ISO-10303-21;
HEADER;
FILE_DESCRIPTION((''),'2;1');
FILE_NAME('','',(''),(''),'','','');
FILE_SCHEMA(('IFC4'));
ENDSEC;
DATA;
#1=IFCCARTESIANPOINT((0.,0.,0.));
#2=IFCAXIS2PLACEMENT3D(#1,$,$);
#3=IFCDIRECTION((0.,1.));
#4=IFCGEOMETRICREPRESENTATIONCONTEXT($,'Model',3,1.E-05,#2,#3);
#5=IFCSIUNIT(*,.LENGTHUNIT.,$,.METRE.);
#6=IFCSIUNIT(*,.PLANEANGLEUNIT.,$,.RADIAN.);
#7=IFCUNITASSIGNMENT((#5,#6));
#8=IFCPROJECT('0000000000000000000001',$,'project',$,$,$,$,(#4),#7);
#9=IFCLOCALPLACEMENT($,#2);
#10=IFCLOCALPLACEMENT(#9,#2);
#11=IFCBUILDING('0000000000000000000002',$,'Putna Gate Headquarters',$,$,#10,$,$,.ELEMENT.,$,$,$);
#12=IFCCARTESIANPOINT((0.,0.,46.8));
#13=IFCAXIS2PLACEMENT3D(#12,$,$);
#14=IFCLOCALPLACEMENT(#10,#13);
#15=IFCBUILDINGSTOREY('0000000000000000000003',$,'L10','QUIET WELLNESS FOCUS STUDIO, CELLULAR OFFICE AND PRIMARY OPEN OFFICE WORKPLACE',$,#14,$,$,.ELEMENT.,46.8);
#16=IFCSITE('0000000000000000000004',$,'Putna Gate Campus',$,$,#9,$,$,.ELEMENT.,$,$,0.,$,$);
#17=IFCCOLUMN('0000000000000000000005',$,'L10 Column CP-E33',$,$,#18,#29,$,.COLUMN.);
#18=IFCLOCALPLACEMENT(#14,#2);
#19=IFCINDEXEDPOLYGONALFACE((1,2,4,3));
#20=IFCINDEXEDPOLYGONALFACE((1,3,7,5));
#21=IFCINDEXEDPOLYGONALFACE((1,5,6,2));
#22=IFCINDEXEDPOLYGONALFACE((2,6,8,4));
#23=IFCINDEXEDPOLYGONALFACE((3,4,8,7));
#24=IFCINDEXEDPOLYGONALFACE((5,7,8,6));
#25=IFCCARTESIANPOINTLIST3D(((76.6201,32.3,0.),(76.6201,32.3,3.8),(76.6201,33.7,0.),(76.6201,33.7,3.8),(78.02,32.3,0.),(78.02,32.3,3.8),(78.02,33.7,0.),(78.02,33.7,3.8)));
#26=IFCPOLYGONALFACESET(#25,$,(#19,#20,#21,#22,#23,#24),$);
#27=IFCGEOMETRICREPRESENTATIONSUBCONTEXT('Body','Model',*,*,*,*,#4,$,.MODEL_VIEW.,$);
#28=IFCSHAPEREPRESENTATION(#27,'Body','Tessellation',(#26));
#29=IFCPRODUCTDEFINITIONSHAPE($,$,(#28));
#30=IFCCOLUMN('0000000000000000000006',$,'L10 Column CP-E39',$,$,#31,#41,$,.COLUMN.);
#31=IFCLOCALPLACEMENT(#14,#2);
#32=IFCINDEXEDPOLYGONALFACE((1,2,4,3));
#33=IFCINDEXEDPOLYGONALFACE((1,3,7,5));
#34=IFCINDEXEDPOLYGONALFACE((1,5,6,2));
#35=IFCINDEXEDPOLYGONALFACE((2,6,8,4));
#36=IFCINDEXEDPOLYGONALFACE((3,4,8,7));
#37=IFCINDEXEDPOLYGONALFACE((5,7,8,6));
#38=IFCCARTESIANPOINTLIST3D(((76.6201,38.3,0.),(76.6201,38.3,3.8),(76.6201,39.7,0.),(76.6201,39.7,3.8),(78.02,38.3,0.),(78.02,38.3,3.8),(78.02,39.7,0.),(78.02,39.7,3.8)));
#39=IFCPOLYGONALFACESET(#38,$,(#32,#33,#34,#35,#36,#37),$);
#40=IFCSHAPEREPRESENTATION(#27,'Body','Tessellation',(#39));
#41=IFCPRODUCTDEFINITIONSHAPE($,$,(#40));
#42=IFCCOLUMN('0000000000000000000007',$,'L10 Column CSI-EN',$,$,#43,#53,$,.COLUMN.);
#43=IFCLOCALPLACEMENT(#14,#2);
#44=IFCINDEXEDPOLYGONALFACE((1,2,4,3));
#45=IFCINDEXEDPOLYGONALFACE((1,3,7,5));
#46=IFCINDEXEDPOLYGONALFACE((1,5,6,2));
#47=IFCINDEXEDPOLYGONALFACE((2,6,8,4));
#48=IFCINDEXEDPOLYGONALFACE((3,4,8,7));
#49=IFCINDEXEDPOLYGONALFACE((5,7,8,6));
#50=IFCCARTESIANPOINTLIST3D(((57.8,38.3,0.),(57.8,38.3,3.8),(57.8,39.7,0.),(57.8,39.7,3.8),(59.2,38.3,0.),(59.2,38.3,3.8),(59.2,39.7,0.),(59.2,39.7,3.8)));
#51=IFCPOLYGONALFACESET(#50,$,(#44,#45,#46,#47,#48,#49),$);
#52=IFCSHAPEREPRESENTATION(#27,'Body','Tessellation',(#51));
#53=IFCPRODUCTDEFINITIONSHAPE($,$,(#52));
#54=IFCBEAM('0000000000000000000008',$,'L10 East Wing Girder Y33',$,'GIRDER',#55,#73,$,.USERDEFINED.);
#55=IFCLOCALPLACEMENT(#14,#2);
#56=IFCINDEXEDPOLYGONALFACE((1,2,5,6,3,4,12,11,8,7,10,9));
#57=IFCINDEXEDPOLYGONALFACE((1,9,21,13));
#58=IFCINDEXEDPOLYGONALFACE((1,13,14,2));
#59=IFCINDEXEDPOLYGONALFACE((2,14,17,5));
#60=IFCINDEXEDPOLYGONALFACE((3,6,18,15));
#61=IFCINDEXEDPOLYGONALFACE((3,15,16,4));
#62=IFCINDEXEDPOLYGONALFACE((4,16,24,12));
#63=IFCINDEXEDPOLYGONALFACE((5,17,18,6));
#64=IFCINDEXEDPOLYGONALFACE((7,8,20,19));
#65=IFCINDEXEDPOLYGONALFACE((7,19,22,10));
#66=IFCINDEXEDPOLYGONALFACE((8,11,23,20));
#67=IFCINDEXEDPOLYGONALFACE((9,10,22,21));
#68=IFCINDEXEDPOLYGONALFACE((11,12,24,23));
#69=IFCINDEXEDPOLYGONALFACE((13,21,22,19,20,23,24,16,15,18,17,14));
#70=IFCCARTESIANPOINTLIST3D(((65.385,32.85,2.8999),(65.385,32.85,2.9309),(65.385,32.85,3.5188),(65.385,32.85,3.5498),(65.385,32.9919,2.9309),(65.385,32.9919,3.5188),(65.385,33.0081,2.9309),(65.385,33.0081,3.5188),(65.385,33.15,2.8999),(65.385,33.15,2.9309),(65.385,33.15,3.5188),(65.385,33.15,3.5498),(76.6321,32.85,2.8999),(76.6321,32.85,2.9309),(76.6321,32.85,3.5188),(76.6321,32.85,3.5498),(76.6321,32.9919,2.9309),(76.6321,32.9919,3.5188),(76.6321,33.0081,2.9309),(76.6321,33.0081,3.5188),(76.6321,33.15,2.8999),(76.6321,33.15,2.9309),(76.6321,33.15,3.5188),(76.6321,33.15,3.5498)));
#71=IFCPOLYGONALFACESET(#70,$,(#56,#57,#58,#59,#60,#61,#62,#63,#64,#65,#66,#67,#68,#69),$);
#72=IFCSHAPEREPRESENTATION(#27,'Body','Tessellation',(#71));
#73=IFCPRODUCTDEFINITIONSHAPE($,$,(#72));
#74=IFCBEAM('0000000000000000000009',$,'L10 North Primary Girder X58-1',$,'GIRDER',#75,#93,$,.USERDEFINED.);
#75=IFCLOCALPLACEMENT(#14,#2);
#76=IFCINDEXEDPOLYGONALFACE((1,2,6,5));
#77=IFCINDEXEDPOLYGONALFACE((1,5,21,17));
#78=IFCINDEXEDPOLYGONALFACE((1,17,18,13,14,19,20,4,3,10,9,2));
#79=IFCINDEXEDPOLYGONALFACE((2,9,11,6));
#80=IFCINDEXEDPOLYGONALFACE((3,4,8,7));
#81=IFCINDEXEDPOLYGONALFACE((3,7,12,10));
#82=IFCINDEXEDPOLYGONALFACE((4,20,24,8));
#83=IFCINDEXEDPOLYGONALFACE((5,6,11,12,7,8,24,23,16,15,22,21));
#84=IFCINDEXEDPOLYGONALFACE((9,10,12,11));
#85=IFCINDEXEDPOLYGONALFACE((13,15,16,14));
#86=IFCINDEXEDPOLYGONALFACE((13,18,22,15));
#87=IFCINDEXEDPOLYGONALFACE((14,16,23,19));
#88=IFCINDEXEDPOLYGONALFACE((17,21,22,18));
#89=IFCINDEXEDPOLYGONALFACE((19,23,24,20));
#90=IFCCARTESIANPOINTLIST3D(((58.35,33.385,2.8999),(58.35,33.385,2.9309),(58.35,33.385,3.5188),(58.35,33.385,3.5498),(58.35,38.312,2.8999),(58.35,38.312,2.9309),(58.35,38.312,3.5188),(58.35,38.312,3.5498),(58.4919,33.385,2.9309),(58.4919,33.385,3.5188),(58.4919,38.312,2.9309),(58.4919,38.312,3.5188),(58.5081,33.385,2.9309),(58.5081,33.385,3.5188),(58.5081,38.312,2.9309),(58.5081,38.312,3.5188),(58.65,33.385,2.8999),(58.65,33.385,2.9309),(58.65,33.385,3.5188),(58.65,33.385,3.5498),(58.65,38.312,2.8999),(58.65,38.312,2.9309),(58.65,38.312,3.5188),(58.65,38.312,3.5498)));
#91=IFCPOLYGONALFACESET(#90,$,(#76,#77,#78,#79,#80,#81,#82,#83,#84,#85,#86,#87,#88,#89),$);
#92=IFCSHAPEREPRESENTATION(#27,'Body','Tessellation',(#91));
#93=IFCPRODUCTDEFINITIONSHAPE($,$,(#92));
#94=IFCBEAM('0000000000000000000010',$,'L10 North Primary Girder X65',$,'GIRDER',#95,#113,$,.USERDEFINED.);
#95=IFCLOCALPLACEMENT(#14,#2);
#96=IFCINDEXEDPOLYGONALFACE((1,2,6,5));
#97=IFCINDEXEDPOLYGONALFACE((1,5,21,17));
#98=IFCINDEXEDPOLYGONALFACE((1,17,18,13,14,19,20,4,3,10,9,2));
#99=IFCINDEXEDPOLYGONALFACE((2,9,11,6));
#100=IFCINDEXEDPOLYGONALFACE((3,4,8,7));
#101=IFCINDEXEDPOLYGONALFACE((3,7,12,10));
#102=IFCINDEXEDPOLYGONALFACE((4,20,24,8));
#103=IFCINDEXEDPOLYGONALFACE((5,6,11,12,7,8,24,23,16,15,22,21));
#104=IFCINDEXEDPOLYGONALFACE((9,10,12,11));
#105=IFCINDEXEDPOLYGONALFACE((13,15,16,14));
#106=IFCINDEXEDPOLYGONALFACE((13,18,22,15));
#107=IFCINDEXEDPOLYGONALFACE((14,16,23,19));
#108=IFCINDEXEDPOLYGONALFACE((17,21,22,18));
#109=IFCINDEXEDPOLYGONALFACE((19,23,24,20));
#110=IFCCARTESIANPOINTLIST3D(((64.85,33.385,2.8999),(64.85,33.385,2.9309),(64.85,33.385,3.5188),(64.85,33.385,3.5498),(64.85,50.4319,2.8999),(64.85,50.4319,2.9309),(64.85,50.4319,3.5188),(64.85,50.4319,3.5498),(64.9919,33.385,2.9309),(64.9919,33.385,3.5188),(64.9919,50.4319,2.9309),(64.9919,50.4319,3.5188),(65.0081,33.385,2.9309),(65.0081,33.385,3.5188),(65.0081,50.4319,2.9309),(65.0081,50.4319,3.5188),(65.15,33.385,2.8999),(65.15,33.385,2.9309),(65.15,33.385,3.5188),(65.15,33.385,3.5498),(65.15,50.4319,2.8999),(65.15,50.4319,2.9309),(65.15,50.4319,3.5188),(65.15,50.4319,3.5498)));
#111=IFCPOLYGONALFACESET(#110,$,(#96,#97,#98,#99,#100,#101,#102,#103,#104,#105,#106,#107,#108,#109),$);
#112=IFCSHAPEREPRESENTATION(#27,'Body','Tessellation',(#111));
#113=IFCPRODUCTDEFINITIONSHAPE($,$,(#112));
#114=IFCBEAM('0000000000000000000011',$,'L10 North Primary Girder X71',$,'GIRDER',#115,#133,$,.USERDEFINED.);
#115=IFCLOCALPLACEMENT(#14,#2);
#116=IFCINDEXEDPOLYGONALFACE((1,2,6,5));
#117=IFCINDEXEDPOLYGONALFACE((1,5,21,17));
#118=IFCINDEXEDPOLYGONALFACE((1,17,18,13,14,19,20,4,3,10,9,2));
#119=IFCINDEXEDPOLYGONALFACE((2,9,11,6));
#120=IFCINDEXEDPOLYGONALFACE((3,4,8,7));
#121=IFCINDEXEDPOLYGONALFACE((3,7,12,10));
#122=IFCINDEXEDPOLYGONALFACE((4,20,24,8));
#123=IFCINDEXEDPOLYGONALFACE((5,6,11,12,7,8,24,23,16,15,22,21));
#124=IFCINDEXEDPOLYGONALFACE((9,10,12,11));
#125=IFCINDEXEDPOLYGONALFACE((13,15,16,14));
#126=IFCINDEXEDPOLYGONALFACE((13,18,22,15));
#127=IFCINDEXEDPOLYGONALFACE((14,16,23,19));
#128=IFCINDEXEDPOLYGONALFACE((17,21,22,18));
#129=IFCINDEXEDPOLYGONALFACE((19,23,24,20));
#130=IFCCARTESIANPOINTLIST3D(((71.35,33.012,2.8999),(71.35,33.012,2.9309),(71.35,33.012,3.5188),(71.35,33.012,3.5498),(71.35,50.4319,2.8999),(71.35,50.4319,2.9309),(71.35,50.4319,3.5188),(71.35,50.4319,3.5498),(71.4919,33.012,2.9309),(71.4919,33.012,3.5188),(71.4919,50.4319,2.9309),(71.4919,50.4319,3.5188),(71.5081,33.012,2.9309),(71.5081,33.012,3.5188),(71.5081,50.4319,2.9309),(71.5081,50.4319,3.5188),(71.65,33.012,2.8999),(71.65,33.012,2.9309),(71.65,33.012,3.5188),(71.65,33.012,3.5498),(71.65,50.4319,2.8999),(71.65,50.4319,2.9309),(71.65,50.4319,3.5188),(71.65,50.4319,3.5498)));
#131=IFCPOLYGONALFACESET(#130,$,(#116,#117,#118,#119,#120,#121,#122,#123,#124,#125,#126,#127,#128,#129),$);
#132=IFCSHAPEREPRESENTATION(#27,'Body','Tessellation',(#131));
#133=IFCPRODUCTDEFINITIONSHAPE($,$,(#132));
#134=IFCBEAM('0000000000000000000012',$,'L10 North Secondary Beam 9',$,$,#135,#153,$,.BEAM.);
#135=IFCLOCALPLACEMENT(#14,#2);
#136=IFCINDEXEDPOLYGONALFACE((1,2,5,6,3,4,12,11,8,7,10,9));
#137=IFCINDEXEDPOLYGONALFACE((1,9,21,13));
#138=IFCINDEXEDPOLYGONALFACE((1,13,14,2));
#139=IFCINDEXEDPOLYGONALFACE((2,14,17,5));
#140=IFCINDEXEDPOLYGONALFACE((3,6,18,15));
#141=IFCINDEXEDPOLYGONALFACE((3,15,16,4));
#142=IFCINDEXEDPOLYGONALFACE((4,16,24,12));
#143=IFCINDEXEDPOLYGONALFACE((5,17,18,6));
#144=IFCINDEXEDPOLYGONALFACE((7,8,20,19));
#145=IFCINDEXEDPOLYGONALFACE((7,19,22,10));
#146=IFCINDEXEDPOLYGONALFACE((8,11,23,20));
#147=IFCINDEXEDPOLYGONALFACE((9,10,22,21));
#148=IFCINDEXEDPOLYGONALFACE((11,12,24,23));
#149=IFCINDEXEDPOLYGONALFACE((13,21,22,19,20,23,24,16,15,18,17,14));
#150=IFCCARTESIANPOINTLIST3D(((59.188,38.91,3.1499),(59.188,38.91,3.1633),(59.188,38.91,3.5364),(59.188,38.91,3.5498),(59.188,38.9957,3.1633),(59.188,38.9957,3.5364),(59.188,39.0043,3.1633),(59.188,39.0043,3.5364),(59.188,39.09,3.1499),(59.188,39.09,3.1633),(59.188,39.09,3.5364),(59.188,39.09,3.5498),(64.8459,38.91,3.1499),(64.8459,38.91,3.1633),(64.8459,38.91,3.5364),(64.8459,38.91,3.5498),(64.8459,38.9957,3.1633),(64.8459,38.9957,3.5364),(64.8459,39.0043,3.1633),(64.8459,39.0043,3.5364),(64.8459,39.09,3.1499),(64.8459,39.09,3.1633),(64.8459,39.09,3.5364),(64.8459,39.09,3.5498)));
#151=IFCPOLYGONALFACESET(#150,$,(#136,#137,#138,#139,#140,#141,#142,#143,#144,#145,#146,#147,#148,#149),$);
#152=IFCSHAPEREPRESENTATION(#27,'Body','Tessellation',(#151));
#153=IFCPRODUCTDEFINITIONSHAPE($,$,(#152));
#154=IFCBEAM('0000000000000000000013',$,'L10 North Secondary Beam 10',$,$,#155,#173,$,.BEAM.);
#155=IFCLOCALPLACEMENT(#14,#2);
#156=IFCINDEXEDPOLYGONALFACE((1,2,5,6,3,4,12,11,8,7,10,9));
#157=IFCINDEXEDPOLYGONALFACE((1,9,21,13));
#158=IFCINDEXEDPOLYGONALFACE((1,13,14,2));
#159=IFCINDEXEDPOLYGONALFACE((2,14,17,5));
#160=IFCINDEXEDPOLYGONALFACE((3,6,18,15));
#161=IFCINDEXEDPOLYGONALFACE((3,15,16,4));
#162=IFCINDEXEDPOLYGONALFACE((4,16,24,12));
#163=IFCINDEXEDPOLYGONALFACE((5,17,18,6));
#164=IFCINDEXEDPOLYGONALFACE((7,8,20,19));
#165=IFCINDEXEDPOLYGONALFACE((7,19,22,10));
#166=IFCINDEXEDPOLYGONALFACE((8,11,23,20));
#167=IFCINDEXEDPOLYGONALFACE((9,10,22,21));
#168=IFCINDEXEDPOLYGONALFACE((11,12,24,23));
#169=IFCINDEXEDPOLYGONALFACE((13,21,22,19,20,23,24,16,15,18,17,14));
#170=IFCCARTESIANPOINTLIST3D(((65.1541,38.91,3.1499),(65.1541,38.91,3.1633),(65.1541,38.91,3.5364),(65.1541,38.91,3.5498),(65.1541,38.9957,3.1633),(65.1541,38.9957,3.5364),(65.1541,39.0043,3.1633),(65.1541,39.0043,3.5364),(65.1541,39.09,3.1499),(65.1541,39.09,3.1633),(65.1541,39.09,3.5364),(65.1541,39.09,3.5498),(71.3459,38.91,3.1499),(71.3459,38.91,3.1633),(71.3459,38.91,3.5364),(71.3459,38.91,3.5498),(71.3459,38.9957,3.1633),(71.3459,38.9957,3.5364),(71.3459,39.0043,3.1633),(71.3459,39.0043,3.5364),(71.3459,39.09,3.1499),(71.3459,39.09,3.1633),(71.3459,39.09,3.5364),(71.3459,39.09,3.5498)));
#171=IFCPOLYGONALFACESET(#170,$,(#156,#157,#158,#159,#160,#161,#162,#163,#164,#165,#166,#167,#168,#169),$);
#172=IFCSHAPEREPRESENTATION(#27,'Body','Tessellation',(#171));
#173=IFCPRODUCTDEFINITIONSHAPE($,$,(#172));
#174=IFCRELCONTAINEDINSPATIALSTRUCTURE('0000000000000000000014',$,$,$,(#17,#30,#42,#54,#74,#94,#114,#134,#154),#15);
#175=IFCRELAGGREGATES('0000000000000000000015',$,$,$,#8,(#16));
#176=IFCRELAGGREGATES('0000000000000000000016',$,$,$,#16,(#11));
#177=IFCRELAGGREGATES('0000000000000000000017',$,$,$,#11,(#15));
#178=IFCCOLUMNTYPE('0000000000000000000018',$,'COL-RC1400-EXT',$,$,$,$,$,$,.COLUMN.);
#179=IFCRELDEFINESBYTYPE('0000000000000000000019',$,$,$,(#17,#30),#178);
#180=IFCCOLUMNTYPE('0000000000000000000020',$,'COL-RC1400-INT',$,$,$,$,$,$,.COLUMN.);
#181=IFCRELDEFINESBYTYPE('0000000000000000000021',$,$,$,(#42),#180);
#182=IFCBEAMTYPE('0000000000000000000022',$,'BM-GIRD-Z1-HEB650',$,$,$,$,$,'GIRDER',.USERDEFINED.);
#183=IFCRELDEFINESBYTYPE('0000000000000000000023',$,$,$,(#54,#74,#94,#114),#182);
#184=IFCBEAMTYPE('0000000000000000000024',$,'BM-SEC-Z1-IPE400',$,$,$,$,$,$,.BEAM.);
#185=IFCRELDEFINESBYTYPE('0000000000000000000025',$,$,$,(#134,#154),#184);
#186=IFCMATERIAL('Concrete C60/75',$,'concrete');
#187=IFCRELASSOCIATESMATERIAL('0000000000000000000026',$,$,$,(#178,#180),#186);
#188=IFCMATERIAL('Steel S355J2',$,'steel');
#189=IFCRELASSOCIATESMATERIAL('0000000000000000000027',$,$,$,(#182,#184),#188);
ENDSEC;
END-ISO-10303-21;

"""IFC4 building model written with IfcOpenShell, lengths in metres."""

from ifc_helpers import new_model, si_unit, direction, frame, origin, origin_2d, place, context, subcontext, project, spatial, rectangle, i_section, extrude, material, material_profile, profile_set, type_object, element, save


model = new_model("IFC4")

# Units and contexts
model_context = context("Model", 3, precision=1e-05, world=origin(), true_north=direction((0.0, 1.0)))
body_context = subcontext(model_context, "Body", "Model", "MODEL_VIEW")
ifc_project = project(units=[si_unit("LENGTHUNIT", "METRE"), si_unit("PLANEANGLEUNIT", "RADIAN")], contexts=[model_context])

# Site, building, storey
site_placement = place(None, origin())
site = spatial("IfcSite", under=ifc_project, at=site_placement, Name="Putna Gate Campus", CompositionType="ELEMENT", RefElevation=0.0)
building_placement = place(site_placement, origin())
building = spatial("IfcBuilding", under=site, at=building_placement, Name="Putna Gate Headquarters", CompositionType="ELEMENT")
storey_placement = place(building_placement, frame((0.0, 0.0, 46.8)))
storey = spatial("IfcBuildingStorey", under=building, at=storey_placement, Name="L10", Description="QUIET WELLNESS FOCUS STUDIO, CELLULAR OFFICE AND PRIMARY OPEN OFFICE WORKPLACE", CompositionType="ELEMENT", Elevation=46.8)

# Columns
ifc_material_1 = material(Name="Concrete C60/75", Category="concrete")
ifc_material_profile_1 = material_profile(ifc_material_1, rectangle(XDim=1.3999, YDim=1.3999, at=origin_2d()), Name="Concrete C60/75")
ifc_profile_set_1 = profile_set([ifc_material_profile_1], Name="Concrete C60/75")
column_type_1 = type_object("IfcColumnType", Name="COL-RC1400-EXT", PredefinedType="COLUMN", material=ifc_profile_set_1)
for number, where, z_axis, x_axis, name in (
    (1, (77.3201, 33.0, 0.0), (0.0, 0.0, 1.0), (1.0, 0.0, 0.0), "L10 Column CP-E33"),
    (2, (77.3201, 39.0, 0.0), (0.0, 0.0, 1.0), (1.0, 0.0, 0.0), "L10 Column CP-E39"),
):
    element("IfcColumn", number, at=place(storey_placement, frame(where, z_axis=z_axis, x_axis=x_axis)), inside=storey, type_object=column_type_1, Name=name, PredefinedType="COLUMN", context=body_context, shape_type="SweptSolid", body=[
        extrude(rectangle(XDim=1.3999, YDim=1.3999, at=origin_2d()), origin(), (0.0, 0.0, 1.0), 3.8),
    ])
ifc_material_profile_2 = material_profile(ifc_material_1, rectangle(XDim=1.3999, YDim=1.3999, at=origin_2d()), Name="Concrete C60/75")
ifc_profile_set_2 = profile_set([ifc_material_profile_2], Name="Concrete C60/75")
column_type_2 = type_object("IfcColumnType", Name="COL-RC1400-INT", PredefinedType="COLUMN", material=ifc_profile_set_2)
column_placement = place(storey_placement, frame((58.5, 39.0, 0.0), z_axis=(0.0, 0.0, 1.0), x_axis=(1.0, 0.0, 0.0)))
element("IfcColumn", 3, at=column_placement, inside=storey, type_object=column_type_2, Name="L10 Column CSI-EN", PredefinedType="COLUMN", context=body_context, shape_type="SweptSolid", body=[
    extrude(rectangle(XDim=1.3999, YDim=1.3999, at=origin_2d()), origin(), (0.0, 0.0, 1.0), 3.8),
])

# Beams
ifc_material_2 = material(Name="Steel S355J2", Category="steel")
ifc_material_profile_3 = material_profile(ifc_material_2, i_section(OverallWidth=0.3, OverallDepth=0.6499, WebThickness=0.0161, FlangeThickness=0.031, at=origin_2d()), Name="Steel S355J2")
ifc_profile_set_3 = profile_set([ifc_material_profile_3], Name="Steel S355J2")
beam_type_1 = type_object("IfcBeamType", Name="BM-GIRD-Z1-HEB650", ElementType="GIRDER", PredefinedType="USERDEFINED", material=ifc_profile_set_3)
beam_1_placement = place(storey_placement, frame((65.385, 33.0, 3.2249), z_axis=(1.0, 0.0, 0.0), x_axis=(0.0, 1.0, 0.0)))
element("IfcBeam", 4, at=beam_1_placement, inside=storey, type_object=beam_type_1, Name="L10 East Wing Girder Y33", ObjectType="GIRDER", PredefinedType="USERDEFINED", context=body_context, shape_type="SweptSolid", body=[
    extrude(i_section(OverallWidth=0.3, OverallDepth=0.6499, WebThickness=0.0161, FlangeThickness=0.031, at=origin_2d()), origin(), (0.0, 0.0, 1.0), 11.2471),
])
beam_2_placement = place(storey_placement, frame((58.5, 33.385, 3.2249), z_axis=(0.0, 1.0, 0.0), x_axis=(-1.0, 0.0, 0.0)))
element("IfcBeam", 5, at=beam_2_placement, inside=storey, type_object=beam_type_1, Name="L10 North Primary Girder X58-1", ObjectType="GIRDER", PredefinedType="USERDEFINED", context=body_context, shape_type="SweptSolid", body=[
    extrude(i_section(OverallWidth=0.3, OverallDepth=0.6499, WebThickness=0.0161, FlangeThickness=0.031, at=origin_2d()), origin(), (0.0, 0.0, 1.0), 4.927),
])
beam_3_placement = place(storey_placement, frame((65.0, 33.385, 3.2249), z_axis=(0.0, 1.0, 0.0), x_axis=(-1.0, 0.0, 0.0)))
element("IfcBeam", 6, at=beam_3_placement, inside=storey, type_object=beam_type_1, Name="L10 North Primary Girder X65", ObjectType="GIRDER", PredefinedType="USERDEFINED", context=body_context, shape_type="SweptSolid", body=[
    extrude(i_section(OverallWidth=0.3, OverallDepth=0.6499, WebThickness=0.0161, FlangeThickness=0.031, at=origin_2d()), origin(), (0.0, 0.0, 1.0), 17.0469),
])
beam_4_placement = place(storey_placement, frame((71.5, 33.012, 3.2249), z_axis=(0.0, 1.0, 0.0), x_axis=(-1.0, 0.0, 0.0)))
element("IfcBeam", 7, at=beam_4_placement, inside=storey, type_object=beam_type_1, Name="L10 North Primary Girder X71", ObjectType="GIRDER", PredefinedType="USERDEFINED", context=body_context, shape_type="SweptSolid", body=[
    extrude(i_section(OverallWidth=0.3, OverallDepth=0.6499, WebThickness=0.0161, FlangeThickness=0.031, at=origin_2d()), origin(), (0.0, 0.0, 1.0), 17.4199),
])
ifc_material_profile_4 = material_profile(ifc_material_2, i_section(OverallWidth=0.1799, OverallDepth=0.3999, WebThickness=0.0085, FlangeThickness=0.0134, at=origin_2d()), Name="Steel S355J2")
ifc_profile_set_4 = profile_set([ifc_material_profile_4], Name="Steel S355J2")
beam_type_2 = type_object("IfcBeamType", Name="BM-SEC-Z1-IPE400", PredefinedType="BEAM", material=ifc_profile_set_4)
beam_5_placement = place(storey_placement, frame((59.188, 39.0, 3.3499), z_axis=(1.0, 0.0, 0.0), x_axis=(0.0, 1.0, 0.0)))
element("IfcBeam", 8, at=beam_5_placement, inside=storey, type_object=beam_type_2, Name="L10 North Secondary Beam 9", PredefinedType="BEAM", context=body_context, shape_type="SweptSolid", body=[
    extrude(i_section(OverallWidth=0.1799, OverallDepth=0.3999, WebThickness=0.0085, FlangeThickness=0.0134, at=origin_2d()), origin(), (0.0, 0.0, 1.0), 5.658),
])
beam_6_placement = place(storey_placement, frame((65.1541, 39.0, 3.3499), z_axis=(1.0, 0.0, 0.0), x_axis=(0.0, 1.0, 0.0)))
element("IfcBeam", 9, at=beam_6_placement, inside=storey, type_object=beam_type_2, Name="L10 North Secondary Beam 10", PredefinedType="BEAM", context=body_context, shape_type="SweptSolid", body=[
    extrude(i_section(OverallWidth=0.1799, OverallDepth=0.3999, WebThickness=0.0085, FlangeThickness=0.0134, at=origin_2d()), origin(), (0.0, 0.0, 1.0), 6.1919),
])

save(model, "model.ifc")
